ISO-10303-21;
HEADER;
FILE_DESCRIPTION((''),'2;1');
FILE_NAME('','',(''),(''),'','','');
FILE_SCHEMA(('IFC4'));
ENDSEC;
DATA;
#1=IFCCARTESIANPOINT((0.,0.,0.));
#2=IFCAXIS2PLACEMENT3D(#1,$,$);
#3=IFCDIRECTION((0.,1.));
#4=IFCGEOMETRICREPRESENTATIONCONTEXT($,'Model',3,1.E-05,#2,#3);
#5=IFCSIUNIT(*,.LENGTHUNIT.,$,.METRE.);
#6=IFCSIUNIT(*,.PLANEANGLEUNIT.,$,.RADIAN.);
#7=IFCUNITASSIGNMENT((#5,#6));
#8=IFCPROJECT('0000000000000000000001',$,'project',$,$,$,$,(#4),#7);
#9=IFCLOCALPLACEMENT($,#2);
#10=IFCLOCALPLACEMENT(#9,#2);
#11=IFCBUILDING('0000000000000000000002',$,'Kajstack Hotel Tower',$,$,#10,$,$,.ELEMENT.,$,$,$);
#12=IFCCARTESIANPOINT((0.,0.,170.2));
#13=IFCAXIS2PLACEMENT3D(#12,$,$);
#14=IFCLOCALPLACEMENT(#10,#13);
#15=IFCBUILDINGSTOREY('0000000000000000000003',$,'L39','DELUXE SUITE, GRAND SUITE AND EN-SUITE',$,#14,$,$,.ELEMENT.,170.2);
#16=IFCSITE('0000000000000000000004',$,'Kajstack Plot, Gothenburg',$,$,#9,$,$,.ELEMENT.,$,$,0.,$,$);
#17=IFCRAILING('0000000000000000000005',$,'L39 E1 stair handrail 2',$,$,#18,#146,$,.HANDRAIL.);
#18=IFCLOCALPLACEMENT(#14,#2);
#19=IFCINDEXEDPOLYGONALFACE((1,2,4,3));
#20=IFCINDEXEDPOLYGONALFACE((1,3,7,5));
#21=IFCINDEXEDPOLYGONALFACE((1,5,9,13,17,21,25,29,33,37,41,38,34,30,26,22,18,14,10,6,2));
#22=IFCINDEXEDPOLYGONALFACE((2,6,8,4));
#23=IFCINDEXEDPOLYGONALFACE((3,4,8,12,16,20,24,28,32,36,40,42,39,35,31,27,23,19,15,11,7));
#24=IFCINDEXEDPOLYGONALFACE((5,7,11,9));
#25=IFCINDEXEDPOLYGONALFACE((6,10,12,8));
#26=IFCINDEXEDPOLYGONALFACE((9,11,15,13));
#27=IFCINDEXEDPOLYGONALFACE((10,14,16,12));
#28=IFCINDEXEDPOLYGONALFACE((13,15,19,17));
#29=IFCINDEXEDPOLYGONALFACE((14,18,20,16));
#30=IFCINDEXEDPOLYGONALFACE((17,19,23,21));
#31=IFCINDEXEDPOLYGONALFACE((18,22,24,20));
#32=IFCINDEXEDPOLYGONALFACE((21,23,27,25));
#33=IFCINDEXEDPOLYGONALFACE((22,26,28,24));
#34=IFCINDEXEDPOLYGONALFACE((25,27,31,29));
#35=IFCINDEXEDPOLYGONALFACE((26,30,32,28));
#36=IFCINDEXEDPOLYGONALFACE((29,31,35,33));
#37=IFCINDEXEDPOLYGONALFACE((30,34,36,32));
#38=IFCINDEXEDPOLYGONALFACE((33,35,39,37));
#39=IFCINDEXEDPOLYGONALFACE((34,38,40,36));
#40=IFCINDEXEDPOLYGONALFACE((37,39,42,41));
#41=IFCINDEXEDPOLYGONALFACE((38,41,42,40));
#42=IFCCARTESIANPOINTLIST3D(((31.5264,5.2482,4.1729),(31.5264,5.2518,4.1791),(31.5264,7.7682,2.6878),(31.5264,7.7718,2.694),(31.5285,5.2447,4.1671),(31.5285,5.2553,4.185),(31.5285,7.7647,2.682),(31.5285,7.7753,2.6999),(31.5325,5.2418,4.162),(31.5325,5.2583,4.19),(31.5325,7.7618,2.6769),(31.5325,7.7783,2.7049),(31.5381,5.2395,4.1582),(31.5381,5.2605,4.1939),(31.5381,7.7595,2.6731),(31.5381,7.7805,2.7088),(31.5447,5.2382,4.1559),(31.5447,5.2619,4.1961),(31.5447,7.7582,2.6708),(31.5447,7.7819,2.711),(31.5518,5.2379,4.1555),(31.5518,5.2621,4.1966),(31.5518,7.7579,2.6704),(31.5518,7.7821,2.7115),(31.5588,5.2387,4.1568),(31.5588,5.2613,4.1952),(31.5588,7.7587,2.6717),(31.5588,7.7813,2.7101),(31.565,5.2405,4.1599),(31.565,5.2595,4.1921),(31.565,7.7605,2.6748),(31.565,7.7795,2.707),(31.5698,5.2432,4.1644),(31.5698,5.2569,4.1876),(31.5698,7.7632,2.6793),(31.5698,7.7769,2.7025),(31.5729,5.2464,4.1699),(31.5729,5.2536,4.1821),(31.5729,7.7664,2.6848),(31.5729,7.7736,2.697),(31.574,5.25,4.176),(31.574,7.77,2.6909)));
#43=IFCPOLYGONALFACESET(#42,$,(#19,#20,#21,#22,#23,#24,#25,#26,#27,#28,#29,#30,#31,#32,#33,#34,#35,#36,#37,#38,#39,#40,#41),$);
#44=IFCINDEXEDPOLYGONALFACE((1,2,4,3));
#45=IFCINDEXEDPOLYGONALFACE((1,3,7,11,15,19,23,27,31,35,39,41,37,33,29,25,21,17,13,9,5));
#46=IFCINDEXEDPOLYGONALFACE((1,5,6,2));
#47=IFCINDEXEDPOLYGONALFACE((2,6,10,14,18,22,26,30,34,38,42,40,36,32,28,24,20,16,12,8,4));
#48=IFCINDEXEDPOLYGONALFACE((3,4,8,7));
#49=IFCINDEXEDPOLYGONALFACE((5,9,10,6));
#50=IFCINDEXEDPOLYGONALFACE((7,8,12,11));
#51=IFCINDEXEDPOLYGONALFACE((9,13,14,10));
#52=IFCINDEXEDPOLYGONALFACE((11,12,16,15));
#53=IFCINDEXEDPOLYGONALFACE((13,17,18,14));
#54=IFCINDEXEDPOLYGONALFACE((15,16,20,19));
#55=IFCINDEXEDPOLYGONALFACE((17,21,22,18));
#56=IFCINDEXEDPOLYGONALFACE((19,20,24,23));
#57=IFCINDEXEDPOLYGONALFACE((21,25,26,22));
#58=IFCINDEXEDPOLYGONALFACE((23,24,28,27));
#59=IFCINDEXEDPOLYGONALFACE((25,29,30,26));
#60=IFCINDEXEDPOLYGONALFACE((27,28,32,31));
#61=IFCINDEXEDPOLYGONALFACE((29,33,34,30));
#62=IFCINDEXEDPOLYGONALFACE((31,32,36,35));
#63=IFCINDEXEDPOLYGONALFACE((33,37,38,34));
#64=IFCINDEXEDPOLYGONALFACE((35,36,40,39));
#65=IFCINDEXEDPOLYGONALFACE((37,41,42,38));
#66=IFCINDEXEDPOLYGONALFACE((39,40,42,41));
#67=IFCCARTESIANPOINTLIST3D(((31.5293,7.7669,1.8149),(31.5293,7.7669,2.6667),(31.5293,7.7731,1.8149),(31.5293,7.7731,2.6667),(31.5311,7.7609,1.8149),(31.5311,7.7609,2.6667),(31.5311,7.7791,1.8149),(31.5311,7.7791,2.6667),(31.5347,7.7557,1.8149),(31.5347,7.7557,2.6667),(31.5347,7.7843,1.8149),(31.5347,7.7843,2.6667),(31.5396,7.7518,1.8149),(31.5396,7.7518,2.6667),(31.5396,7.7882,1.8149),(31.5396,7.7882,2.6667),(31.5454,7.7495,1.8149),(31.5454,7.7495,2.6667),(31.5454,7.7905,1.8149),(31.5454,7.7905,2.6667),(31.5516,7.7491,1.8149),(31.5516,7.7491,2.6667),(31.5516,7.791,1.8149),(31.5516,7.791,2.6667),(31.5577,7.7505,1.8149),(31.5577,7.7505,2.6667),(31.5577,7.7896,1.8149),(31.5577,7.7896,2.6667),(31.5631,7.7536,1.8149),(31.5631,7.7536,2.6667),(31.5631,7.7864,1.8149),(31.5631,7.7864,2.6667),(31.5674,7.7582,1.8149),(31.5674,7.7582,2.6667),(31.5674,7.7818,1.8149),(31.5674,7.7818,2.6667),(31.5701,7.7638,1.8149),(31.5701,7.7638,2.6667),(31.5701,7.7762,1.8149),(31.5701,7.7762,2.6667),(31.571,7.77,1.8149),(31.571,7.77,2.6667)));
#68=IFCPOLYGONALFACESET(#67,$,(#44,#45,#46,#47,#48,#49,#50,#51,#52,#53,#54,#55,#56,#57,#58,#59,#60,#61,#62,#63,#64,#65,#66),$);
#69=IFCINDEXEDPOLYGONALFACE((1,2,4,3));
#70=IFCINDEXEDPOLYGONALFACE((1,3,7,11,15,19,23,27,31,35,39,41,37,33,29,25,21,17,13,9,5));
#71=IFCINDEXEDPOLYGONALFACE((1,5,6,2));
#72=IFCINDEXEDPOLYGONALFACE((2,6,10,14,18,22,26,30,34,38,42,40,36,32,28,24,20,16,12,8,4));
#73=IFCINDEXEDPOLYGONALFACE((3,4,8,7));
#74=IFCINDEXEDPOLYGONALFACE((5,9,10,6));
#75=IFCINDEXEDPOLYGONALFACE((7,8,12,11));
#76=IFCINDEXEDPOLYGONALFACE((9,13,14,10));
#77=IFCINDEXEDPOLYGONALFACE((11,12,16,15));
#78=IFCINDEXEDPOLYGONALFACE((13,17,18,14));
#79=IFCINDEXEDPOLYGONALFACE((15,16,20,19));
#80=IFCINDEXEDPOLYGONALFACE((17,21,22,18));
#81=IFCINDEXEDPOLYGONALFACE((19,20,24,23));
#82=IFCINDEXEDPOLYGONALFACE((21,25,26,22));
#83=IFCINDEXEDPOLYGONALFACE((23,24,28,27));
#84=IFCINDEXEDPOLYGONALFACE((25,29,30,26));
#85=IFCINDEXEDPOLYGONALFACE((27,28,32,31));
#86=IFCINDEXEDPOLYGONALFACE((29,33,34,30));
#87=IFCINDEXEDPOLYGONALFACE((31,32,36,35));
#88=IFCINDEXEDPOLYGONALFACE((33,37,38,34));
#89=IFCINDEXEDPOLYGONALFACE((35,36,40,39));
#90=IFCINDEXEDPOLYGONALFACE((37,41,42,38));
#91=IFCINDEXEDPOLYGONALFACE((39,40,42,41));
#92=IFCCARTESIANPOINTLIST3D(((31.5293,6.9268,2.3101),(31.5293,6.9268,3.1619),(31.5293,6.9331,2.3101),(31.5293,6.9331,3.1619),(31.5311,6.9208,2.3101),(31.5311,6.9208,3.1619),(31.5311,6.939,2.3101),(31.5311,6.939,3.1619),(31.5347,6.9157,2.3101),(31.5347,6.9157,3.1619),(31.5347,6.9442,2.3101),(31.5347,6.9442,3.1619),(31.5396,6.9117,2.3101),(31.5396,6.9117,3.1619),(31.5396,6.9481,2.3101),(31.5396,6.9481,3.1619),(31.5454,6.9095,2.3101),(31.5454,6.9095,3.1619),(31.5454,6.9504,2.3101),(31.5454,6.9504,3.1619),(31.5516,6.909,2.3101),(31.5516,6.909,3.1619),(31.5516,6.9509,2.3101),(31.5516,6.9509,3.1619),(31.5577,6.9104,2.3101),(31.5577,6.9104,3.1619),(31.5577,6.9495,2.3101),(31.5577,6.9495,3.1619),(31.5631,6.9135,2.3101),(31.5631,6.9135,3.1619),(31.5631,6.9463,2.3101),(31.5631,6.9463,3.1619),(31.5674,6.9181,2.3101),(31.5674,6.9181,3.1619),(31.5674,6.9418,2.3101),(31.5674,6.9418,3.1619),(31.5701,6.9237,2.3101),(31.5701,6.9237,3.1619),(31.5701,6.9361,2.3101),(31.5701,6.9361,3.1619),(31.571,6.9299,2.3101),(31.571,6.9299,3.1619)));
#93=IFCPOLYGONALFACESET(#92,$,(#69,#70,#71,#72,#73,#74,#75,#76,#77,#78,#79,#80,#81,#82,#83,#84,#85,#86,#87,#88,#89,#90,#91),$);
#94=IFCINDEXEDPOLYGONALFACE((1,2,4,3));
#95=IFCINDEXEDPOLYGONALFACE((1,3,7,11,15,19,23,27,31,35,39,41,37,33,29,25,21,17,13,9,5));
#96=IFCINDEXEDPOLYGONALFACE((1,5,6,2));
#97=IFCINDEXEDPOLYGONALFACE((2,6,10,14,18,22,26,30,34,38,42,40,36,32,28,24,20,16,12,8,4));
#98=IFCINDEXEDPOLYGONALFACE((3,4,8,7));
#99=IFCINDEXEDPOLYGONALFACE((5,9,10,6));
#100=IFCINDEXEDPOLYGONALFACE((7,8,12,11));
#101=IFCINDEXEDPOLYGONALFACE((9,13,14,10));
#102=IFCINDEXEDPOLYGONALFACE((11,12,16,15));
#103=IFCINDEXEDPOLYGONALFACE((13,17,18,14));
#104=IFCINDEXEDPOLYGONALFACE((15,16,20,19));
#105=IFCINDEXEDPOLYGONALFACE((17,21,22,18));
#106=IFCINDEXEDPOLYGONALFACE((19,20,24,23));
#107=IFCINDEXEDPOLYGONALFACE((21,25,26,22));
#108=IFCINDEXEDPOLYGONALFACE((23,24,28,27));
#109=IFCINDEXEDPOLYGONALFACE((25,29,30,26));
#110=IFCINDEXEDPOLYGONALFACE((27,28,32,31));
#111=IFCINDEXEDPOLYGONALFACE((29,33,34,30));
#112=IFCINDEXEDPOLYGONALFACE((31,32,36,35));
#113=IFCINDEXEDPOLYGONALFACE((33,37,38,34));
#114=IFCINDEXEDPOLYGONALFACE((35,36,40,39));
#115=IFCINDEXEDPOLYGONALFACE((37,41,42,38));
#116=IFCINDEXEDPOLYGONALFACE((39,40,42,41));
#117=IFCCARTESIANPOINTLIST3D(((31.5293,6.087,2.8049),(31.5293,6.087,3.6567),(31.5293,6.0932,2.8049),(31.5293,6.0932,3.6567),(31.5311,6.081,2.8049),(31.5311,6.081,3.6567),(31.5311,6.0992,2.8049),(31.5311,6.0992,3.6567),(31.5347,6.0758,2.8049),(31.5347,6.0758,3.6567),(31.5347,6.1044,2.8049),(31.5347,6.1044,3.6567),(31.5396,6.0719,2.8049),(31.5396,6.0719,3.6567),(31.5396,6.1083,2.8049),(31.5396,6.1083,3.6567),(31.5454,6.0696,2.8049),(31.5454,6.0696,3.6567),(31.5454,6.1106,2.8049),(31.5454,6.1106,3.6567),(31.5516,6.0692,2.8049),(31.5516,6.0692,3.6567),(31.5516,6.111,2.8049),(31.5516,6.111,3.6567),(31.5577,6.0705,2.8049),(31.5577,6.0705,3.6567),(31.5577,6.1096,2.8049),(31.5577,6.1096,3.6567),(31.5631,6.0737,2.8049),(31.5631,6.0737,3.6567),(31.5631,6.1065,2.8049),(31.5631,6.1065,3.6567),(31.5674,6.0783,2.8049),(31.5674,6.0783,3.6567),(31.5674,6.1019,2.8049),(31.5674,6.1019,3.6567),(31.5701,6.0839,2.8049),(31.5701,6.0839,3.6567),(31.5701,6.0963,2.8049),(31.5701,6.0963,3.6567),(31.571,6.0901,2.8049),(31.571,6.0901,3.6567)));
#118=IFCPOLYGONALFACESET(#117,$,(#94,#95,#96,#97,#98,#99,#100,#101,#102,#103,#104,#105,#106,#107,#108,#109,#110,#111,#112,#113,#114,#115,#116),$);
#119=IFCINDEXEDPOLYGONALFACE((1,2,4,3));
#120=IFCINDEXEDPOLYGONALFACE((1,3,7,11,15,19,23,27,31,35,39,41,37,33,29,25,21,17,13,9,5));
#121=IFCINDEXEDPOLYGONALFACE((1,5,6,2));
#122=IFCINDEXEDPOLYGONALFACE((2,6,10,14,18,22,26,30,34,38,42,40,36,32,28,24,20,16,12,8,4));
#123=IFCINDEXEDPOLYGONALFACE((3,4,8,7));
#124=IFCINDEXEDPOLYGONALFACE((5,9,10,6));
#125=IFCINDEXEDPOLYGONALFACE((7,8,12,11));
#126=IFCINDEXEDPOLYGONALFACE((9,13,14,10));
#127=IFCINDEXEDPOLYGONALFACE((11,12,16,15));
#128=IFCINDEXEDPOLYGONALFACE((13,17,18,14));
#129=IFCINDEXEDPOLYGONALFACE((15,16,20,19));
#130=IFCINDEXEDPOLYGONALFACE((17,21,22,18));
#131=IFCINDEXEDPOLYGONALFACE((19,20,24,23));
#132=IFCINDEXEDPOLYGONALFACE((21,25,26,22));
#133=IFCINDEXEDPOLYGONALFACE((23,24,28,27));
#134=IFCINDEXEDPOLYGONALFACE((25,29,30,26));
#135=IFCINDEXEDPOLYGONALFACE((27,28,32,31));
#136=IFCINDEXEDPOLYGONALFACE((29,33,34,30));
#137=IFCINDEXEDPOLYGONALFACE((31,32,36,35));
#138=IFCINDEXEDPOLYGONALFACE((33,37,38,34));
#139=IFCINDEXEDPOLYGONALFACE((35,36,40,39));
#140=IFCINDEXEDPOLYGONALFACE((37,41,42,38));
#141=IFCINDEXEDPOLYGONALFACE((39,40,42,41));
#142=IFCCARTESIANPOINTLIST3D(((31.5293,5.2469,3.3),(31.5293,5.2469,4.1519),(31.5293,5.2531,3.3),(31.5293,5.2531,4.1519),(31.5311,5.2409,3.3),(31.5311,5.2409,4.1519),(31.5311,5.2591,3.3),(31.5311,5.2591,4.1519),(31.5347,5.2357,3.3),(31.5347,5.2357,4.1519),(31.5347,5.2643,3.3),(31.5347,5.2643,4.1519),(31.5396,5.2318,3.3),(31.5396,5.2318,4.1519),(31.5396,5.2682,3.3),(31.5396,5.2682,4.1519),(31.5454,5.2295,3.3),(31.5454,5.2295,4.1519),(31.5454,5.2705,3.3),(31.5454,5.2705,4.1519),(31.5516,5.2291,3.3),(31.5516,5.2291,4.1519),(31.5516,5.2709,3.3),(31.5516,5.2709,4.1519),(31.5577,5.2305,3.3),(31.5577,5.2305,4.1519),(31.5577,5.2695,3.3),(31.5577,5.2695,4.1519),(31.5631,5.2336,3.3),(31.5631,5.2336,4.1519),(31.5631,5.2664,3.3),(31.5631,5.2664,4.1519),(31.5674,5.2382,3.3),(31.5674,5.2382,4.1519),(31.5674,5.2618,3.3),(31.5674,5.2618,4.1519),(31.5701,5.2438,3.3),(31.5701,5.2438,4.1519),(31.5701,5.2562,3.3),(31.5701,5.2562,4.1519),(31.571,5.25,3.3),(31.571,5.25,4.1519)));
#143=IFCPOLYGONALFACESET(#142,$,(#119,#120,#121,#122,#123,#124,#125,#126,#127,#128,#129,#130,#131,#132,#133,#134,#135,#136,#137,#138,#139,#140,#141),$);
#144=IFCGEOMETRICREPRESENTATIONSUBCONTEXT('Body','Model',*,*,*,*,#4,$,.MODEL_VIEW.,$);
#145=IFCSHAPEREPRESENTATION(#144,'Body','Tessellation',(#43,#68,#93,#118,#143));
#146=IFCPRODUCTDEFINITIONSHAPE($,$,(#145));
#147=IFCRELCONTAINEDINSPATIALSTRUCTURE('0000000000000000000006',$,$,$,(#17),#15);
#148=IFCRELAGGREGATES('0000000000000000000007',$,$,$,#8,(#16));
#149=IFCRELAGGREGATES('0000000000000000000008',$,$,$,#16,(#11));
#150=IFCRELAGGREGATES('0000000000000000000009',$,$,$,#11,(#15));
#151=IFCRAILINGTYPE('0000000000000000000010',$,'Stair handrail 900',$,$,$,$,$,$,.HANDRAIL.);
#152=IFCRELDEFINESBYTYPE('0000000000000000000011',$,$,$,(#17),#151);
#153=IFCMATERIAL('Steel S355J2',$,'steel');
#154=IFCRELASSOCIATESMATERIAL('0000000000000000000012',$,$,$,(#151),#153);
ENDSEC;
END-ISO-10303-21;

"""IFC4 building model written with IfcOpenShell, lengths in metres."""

from ifc_helpers import new_model, si_unit, direction, frame, origin, origin_2d, place, context, subcontext, project, spatial, circle, extrude, material, type_object, element, save


model = new_model("IFC4")

# Units and contexts
model_context = context("Model", 3, precision=1e-05, world=origin(), true_north=direction((0.0, 1.0)))
body_context = subcontext(model_context, "Body", "Model", "MODEL_VIEW")
ifc_project = project(units=[si_unit("LENGTHUNIT", "METRE"), si_unit("PLANEANGLEUNIT", "RADIAN")], contexts=[model_context])

# Site, building, storey
site_placement = place(None, origin())
site = spatial("IfcSite", under=ifc_project, at=site_placement, Name="Kajstack Plot, Gothenburg", CompositionType="ELEMENT", RefElevation=0.0)
building_placement = place(site_placement, origin())
building = spatial("IfcBuilding", under=site, at=building_placement, Name="Kajstack Hotel Tower", CompositionType="ELEMENT")
storey_placement = place(building_placement, frame((0.0, 0.0, 170.2)))
storey = spatial("IfcBuildingStorey", under=building, at=storey_placement, Name="L39", Description="DELUXE SUITE, GRAND SUITE AND EN-SUITE", CompositionType="ELEMENT", Elevation=170.2)

# Railing
ifc_material_1 = material(Name="Steel S355J2", Category="steel")
railing_type_1 = type_object("IfcRailingType", Name="Stair handrail 900", PredefinedType="HANDRAIL", material=ifc_material_1)
railing_1_placement = place(storey_placement, frame((31.55, 7.77, 1.8149)))
element("IfcRailing", 1, at=railing_1_placement, inside=storey, type_object=railing_type_1, Name="L39 E1 stair handrail 2", PredefinedType="HANDRAIL", context=body_context, shape_type="SweptSolid", body=[
    extrude(circle(Radius=0.0239, at=origin_2d()), frame((0.0, 0.0, 0.876), z_axis=(0.0, -0.861524, 0.507717), x_axis=(1.0, 0.0, 0.0)), (0.0, 0.0, 1.0), 2.925),
    extrude(circle(Radius=0.021, at=origin_2d()), origin(), (0.0, 0.0, 1.0), 0.8518),
    extrude(circle(Radius=0.021, at=origin_2d()), frame((0.0, -0.8401, 0.4951)), (0.0, 0.0, 1.0), 0.8518),
    extrude(circle(Radius=0.021, at=origin_2d()), frame((0.0, -1.6799, 0.99)), (0.0, 0.0, 1.0), 0.8518),
    extrude(circle(Radius=0.021, at=origin_2d()), frame((0.0, -2.52, 1.4851)), (0.0, 0.0, 1.0), 0.8518),
])

save(model, "model.ifc")
